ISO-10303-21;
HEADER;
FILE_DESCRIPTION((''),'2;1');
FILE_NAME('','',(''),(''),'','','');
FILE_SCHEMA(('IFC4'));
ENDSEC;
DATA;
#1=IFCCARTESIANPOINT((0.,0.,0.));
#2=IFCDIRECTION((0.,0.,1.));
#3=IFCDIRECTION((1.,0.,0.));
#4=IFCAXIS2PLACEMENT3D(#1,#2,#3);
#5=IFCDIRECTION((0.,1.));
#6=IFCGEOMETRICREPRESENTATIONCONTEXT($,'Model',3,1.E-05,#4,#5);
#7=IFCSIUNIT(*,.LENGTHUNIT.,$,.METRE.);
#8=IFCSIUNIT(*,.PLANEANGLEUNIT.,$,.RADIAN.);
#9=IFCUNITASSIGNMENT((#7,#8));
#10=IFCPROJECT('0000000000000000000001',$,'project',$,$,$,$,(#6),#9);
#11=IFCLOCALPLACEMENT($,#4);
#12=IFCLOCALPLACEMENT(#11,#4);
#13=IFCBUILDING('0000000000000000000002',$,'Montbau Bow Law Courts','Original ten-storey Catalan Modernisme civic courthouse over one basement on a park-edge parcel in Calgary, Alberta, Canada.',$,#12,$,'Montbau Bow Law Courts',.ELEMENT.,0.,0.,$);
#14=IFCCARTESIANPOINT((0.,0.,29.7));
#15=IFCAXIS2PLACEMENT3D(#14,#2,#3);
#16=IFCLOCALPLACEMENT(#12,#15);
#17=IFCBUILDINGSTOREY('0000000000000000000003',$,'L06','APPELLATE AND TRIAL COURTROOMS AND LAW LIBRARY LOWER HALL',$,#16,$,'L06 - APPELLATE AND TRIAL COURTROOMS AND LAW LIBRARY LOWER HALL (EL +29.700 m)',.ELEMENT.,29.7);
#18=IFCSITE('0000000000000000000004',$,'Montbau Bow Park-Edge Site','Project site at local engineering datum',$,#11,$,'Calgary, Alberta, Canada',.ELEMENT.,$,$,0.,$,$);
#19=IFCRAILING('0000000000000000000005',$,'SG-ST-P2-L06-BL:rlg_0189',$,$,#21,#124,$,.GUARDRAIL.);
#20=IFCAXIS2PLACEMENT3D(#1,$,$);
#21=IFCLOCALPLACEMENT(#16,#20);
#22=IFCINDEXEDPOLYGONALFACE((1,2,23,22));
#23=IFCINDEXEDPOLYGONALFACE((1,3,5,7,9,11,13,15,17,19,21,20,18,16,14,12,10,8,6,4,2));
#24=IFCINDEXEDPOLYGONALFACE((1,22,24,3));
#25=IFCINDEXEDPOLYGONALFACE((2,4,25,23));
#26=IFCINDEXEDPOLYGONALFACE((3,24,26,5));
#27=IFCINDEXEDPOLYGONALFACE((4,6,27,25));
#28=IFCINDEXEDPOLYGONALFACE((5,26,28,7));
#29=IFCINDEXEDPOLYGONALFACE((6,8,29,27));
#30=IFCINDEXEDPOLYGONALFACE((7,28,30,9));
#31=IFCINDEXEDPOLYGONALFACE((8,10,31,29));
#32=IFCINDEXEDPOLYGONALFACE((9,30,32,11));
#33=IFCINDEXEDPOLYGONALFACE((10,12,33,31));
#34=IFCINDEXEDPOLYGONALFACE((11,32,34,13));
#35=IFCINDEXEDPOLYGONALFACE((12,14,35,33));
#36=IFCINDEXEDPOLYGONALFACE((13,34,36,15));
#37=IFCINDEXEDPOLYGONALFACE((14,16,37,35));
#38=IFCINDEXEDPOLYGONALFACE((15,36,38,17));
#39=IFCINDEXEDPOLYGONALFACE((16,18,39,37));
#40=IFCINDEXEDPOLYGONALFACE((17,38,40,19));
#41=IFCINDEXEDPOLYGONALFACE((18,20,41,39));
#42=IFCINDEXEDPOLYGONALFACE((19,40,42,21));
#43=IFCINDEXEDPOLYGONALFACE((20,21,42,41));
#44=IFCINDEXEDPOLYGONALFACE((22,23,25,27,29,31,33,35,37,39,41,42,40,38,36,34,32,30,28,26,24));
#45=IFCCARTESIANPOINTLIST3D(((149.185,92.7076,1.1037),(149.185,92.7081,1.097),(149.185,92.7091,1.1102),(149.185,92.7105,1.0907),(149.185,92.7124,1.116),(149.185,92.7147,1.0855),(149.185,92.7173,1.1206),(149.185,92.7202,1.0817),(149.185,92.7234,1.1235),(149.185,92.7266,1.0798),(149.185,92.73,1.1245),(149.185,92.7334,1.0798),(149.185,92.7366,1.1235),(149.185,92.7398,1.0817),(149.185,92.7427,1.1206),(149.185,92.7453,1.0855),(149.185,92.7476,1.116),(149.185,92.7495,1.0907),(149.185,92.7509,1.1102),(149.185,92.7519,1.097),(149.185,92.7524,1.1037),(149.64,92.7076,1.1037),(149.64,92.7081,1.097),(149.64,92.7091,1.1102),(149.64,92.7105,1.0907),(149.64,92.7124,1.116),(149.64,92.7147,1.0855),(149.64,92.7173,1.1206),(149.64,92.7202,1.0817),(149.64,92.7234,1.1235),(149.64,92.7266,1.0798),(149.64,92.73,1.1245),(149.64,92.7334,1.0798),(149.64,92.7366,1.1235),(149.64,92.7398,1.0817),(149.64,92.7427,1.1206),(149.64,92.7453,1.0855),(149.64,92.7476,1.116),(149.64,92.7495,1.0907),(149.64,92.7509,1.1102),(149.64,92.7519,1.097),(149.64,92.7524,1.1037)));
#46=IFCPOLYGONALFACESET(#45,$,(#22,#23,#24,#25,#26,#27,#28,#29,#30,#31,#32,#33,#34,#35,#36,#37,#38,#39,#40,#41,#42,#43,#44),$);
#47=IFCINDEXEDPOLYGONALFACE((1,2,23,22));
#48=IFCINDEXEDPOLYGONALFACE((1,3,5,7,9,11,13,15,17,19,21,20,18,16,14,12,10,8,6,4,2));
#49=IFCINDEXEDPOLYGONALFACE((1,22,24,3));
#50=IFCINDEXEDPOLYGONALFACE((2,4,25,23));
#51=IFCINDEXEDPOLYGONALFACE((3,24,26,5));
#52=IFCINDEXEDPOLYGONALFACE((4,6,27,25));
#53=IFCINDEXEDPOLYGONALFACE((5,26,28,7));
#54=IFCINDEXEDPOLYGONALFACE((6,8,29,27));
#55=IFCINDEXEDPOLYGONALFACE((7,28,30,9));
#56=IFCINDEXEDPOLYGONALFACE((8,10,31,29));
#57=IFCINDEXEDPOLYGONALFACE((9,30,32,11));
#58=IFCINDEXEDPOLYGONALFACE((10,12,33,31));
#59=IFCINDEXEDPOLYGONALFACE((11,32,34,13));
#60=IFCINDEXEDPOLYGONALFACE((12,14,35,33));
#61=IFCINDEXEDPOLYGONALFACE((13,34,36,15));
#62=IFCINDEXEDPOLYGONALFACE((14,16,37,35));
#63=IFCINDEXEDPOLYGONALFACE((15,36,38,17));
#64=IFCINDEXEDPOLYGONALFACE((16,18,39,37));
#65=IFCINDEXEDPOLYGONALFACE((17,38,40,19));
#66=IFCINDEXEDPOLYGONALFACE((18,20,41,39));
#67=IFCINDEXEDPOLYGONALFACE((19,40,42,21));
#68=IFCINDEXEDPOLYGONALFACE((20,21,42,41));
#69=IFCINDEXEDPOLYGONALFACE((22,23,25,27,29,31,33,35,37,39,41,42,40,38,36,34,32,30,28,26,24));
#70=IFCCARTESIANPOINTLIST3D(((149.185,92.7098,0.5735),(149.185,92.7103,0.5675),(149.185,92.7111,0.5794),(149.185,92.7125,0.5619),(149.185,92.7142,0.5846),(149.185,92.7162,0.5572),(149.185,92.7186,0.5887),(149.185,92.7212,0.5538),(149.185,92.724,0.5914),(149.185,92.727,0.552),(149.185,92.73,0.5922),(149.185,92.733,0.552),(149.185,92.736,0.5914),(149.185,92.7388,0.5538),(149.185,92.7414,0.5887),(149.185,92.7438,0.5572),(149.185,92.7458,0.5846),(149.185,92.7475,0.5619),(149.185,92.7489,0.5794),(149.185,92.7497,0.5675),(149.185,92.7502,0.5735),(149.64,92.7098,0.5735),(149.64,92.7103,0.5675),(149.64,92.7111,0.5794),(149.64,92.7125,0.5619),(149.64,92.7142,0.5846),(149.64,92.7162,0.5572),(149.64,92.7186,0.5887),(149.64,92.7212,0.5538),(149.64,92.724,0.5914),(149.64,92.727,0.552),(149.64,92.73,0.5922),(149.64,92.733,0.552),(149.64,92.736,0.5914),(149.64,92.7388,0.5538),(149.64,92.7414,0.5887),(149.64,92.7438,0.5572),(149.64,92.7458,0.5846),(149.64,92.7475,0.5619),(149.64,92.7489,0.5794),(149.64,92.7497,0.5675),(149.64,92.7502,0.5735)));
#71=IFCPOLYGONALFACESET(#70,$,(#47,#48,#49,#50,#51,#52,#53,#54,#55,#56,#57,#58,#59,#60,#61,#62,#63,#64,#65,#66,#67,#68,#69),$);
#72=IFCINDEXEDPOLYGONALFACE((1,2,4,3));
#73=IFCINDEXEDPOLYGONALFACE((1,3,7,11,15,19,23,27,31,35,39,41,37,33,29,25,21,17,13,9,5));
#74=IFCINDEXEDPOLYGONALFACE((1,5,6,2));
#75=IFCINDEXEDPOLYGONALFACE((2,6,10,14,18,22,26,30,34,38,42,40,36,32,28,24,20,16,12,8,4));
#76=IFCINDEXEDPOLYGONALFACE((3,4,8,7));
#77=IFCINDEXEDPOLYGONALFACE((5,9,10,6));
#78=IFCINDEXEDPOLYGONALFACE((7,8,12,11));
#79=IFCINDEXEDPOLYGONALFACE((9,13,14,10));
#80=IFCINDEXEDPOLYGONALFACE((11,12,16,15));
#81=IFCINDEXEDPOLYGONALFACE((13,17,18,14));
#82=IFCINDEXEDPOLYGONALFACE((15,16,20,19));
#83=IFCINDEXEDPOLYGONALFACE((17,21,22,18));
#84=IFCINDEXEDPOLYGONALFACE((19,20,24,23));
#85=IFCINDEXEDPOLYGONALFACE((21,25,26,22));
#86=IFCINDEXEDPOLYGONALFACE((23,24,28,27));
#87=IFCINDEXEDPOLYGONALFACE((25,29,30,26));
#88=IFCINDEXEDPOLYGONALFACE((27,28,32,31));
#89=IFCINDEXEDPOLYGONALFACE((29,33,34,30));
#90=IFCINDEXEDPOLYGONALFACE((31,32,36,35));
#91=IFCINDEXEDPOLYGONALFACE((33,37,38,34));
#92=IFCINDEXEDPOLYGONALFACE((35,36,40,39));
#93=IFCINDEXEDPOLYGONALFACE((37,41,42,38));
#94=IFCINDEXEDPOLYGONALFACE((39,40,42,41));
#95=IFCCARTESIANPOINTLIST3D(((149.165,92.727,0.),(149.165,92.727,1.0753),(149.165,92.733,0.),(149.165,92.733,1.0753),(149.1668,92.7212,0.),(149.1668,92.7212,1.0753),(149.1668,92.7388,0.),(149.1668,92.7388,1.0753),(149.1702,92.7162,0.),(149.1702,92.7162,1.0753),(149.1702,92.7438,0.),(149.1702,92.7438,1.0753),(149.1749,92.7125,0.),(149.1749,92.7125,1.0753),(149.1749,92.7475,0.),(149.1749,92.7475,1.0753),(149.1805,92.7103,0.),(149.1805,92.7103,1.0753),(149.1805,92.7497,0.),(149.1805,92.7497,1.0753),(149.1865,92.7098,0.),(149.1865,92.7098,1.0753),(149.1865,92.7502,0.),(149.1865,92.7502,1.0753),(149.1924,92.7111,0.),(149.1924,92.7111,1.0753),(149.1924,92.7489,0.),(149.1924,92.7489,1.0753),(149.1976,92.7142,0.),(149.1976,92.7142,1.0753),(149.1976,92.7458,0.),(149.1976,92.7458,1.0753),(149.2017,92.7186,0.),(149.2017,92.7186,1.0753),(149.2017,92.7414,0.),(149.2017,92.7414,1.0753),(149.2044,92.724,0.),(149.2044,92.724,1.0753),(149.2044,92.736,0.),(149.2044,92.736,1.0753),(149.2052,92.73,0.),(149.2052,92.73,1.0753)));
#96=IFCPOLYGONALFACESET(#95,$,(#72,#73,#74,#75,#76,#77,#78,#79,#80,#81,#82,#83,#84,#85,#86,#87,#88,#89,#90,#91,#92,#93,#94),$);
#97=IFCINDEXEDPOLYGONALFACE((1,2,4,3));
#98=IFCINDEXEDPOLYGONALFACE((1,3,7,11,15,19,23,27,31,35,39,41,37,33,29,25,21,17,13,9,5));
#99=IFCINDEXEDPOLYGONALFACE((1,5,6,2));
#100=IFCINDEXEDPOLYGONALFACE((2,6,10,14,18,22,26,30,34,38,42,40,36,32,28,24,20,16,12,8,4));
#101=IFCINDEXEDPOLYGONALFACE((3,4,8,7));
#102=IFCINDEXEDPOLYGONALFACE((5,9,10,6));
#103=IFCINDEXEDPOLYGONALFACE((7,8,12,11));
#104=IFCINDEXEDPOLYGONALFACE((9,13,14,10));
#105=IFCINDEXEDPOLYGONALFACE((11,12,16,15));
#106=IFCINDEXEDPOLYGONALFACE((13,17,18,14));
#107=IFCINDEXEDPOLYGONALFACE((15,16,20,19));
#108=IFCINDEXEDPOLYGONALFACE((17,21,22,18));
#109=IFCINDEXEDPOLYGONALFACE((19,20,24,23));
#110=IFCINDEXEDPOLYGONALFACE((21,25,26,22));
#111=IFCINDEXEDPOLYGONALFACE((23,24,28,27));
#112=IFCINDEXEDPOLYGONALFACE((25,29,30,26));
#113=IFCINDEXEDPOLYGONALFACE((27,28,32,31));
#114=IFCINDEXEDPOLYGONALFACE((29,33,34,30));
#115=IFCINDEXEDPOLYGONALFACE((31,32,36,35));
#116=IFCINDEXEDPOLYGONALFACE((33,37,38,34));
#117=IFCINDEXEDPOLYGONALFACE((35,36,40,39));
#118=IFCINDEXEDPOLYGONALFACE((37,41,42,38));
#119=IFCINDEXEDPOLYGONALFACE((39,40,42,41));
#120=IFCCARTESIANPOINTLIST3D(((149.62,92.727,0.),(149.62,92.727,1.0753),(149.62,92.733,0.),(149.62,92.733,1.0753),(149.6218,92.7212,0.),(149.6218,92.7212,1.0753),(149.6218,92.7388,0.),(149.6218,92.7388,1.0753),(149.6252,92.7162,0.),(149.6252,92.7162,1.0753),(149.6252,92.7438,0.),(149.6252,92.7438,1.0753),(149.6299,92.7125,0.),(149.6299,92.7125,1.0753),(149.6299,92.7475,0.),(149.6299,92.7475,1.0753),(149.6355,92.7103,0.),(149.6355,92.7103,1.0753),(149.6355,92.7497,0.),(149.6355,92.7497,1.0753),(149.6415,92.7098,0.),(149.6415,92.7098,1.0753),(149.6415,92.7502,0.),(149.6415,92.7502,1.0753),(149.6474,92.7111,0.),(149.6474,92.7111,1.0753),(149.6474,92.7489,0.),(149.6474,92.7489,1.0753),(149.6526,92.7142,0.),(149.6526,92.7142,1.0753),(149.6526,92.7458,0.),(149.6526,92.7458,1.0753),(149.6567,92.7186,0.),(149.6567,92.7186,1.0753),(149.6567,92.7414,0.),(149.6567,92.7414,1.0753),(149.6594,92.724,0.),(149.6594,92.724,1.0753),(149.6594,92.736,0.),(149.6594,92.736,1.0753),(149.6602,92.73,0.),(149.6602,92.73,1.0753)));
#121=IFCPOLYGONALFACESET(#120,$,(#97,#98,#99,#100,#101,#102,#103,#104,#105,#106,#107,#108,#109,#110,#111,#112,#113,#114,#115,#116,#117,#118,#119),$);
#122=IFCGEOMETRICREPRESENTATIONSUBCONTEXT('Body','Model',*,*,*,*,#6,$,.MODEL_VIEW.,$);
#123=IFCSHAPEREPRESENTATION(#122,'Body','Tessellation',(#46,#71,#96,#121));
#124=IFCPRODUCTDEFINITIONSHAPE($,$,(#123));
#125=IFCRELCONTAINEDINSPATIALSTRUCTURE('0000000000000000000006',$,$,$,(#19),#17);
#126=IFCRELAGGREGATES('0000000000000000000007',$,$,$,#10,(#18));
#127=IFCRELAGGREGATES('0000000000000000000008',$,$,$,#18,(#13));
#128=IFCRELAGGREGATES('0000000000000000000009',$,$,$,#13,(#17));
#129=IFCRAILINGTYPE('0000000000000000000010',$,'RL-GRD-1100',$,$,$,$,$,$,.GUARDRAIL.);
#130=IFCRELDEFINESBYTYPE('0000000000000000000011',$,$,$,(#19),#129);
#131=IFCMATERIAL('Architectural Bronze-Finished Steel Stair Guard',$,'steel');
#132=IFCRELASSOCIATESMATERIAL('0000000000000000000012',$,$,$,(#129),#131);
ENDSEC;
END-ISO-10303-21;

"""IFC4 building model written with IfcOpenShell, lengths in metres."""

from ifc_helpers import new_model, si_unit, direction, frame, origin_with_axes, origin_2d_with_axis, place, context, subcontext, project, spatial, circle, extrude, material, type_object, element, save


model = new_model("IFC4")

# Units and contexts
model_context = context("Model", 3, precision=1e-05, world=origin_with_axes(), true_north=direction((0.0, 1.0)))
body_context = subcontext(model_context, "Body", "Model", "MODEL_VIEW")
ifc_project = project(units=[si_unit("LENGTHUNIT", "METRE"), si_unit("PLANEANGLEUNIT", "RADIAN")], contexts=[model_context])

# Site, building, storey
site_placement = place(None, origin_with_axes())
site = spatial("IfcSite", under=ifc_project, at=site_placement, Name="Montbau Bow Park-Edge Site", Description="Project site at local engineering datum", LongName="Calgary, Alberta, Canada", CompositionType="ELEMENT", RefElevation=0.0)
building_placement = place(site_placement, origin_with_axes())
building = spatial("IfcBuilding", under=site, at=building_placement, Name="Montbau Bow Law Courts", Description="Original ten-storey Catalan Modernisme civic courthouse over one basement on a park-edge parcel in Calgary, Alberta, Canada.", LongName="Montbau Bow Law Courts", CompositionType="ELEMENT", ElevationOfRefHeight=0.0, ElevationOfTerrain=0.0)
storey_placement = place(building_placement, frame((0.0, 0.0, 29.7), z_axis=(0.0, 0.0, 1.0), x_axis=(1.0, 0.0, 0.0)))
storey = spatial("IfcBuildingStorey", under=building, at=storey_placement, Name="L06", Description="APPELLATE AND TRIAL COURTROOMS AND LAW LIBRARY LOWER HALL", LongName="L06 - APPELLATE AND TRIAL COURTROOMS AND LAW LIBRARY LOWER HALL (EL +29.700 m)", CompositionType="ELEMENT", Elevation=29.7)

# Railing
ifc_material_1 = material(Name="Architectural Bronze-Finished Steel Stair Guard", Category="steel")
railing_type_1 = type_object("IfcRailingType", Name="RL-GRD-1100", PredefinedType="GUARDRAIL", material=ifc_material_1)
railing_1_placement = place(None, origin_with_axes())
element("IfcRailing", 1, at=railing_1_placement, inside=storey, type_object=railing_type_1, Name="SG-ST-P2-L06-BL:rlg_0189", PredefinedType="GUARDRAIL", context=body_context, shape_type="SweptSolid", body=[
    extrude(circle(Radius=0.0225, at=origin_2d_with_axis()), frame((149.185, 92.73, 30.802), z_axis=(1.0, 0.0, 0.0), x_axis=(0.0, 0.0, 1.0)), (0.0, 0.0, 1.0), 0.455),
    extrude(circle(Radius=0.0203, at=origin_2d_with_axis()), frame((149.185, 92.73, 30.272), z_axis=(1.0, 0.0, 0.0), x_axis=(0.0, 0.0, 1.0)), (0.0, 0.0, 1.0), 0.455),
    extrude(circle(Radius=0.0203, at=origin_2d_with_axis()), frame((149.185, 92.73, 29.7), z_axis=(0.0, 0.0, 1.0), x_axis=(1.0, 0.0, 0.0)), (0.0, 0.0, 1.0), 1.0753),
    extrude(circle(Radius=0.0203, at=origin_2d_with_axis()), frame((149.64, 92.73, 29.7), z_axis=(0.0, 0.0, 1.0), x_axis=(1.0, 0.0, 0.0)), (0.0, 0.0, 1.0), 1.0753),
])

save(model, "model.ifc")
